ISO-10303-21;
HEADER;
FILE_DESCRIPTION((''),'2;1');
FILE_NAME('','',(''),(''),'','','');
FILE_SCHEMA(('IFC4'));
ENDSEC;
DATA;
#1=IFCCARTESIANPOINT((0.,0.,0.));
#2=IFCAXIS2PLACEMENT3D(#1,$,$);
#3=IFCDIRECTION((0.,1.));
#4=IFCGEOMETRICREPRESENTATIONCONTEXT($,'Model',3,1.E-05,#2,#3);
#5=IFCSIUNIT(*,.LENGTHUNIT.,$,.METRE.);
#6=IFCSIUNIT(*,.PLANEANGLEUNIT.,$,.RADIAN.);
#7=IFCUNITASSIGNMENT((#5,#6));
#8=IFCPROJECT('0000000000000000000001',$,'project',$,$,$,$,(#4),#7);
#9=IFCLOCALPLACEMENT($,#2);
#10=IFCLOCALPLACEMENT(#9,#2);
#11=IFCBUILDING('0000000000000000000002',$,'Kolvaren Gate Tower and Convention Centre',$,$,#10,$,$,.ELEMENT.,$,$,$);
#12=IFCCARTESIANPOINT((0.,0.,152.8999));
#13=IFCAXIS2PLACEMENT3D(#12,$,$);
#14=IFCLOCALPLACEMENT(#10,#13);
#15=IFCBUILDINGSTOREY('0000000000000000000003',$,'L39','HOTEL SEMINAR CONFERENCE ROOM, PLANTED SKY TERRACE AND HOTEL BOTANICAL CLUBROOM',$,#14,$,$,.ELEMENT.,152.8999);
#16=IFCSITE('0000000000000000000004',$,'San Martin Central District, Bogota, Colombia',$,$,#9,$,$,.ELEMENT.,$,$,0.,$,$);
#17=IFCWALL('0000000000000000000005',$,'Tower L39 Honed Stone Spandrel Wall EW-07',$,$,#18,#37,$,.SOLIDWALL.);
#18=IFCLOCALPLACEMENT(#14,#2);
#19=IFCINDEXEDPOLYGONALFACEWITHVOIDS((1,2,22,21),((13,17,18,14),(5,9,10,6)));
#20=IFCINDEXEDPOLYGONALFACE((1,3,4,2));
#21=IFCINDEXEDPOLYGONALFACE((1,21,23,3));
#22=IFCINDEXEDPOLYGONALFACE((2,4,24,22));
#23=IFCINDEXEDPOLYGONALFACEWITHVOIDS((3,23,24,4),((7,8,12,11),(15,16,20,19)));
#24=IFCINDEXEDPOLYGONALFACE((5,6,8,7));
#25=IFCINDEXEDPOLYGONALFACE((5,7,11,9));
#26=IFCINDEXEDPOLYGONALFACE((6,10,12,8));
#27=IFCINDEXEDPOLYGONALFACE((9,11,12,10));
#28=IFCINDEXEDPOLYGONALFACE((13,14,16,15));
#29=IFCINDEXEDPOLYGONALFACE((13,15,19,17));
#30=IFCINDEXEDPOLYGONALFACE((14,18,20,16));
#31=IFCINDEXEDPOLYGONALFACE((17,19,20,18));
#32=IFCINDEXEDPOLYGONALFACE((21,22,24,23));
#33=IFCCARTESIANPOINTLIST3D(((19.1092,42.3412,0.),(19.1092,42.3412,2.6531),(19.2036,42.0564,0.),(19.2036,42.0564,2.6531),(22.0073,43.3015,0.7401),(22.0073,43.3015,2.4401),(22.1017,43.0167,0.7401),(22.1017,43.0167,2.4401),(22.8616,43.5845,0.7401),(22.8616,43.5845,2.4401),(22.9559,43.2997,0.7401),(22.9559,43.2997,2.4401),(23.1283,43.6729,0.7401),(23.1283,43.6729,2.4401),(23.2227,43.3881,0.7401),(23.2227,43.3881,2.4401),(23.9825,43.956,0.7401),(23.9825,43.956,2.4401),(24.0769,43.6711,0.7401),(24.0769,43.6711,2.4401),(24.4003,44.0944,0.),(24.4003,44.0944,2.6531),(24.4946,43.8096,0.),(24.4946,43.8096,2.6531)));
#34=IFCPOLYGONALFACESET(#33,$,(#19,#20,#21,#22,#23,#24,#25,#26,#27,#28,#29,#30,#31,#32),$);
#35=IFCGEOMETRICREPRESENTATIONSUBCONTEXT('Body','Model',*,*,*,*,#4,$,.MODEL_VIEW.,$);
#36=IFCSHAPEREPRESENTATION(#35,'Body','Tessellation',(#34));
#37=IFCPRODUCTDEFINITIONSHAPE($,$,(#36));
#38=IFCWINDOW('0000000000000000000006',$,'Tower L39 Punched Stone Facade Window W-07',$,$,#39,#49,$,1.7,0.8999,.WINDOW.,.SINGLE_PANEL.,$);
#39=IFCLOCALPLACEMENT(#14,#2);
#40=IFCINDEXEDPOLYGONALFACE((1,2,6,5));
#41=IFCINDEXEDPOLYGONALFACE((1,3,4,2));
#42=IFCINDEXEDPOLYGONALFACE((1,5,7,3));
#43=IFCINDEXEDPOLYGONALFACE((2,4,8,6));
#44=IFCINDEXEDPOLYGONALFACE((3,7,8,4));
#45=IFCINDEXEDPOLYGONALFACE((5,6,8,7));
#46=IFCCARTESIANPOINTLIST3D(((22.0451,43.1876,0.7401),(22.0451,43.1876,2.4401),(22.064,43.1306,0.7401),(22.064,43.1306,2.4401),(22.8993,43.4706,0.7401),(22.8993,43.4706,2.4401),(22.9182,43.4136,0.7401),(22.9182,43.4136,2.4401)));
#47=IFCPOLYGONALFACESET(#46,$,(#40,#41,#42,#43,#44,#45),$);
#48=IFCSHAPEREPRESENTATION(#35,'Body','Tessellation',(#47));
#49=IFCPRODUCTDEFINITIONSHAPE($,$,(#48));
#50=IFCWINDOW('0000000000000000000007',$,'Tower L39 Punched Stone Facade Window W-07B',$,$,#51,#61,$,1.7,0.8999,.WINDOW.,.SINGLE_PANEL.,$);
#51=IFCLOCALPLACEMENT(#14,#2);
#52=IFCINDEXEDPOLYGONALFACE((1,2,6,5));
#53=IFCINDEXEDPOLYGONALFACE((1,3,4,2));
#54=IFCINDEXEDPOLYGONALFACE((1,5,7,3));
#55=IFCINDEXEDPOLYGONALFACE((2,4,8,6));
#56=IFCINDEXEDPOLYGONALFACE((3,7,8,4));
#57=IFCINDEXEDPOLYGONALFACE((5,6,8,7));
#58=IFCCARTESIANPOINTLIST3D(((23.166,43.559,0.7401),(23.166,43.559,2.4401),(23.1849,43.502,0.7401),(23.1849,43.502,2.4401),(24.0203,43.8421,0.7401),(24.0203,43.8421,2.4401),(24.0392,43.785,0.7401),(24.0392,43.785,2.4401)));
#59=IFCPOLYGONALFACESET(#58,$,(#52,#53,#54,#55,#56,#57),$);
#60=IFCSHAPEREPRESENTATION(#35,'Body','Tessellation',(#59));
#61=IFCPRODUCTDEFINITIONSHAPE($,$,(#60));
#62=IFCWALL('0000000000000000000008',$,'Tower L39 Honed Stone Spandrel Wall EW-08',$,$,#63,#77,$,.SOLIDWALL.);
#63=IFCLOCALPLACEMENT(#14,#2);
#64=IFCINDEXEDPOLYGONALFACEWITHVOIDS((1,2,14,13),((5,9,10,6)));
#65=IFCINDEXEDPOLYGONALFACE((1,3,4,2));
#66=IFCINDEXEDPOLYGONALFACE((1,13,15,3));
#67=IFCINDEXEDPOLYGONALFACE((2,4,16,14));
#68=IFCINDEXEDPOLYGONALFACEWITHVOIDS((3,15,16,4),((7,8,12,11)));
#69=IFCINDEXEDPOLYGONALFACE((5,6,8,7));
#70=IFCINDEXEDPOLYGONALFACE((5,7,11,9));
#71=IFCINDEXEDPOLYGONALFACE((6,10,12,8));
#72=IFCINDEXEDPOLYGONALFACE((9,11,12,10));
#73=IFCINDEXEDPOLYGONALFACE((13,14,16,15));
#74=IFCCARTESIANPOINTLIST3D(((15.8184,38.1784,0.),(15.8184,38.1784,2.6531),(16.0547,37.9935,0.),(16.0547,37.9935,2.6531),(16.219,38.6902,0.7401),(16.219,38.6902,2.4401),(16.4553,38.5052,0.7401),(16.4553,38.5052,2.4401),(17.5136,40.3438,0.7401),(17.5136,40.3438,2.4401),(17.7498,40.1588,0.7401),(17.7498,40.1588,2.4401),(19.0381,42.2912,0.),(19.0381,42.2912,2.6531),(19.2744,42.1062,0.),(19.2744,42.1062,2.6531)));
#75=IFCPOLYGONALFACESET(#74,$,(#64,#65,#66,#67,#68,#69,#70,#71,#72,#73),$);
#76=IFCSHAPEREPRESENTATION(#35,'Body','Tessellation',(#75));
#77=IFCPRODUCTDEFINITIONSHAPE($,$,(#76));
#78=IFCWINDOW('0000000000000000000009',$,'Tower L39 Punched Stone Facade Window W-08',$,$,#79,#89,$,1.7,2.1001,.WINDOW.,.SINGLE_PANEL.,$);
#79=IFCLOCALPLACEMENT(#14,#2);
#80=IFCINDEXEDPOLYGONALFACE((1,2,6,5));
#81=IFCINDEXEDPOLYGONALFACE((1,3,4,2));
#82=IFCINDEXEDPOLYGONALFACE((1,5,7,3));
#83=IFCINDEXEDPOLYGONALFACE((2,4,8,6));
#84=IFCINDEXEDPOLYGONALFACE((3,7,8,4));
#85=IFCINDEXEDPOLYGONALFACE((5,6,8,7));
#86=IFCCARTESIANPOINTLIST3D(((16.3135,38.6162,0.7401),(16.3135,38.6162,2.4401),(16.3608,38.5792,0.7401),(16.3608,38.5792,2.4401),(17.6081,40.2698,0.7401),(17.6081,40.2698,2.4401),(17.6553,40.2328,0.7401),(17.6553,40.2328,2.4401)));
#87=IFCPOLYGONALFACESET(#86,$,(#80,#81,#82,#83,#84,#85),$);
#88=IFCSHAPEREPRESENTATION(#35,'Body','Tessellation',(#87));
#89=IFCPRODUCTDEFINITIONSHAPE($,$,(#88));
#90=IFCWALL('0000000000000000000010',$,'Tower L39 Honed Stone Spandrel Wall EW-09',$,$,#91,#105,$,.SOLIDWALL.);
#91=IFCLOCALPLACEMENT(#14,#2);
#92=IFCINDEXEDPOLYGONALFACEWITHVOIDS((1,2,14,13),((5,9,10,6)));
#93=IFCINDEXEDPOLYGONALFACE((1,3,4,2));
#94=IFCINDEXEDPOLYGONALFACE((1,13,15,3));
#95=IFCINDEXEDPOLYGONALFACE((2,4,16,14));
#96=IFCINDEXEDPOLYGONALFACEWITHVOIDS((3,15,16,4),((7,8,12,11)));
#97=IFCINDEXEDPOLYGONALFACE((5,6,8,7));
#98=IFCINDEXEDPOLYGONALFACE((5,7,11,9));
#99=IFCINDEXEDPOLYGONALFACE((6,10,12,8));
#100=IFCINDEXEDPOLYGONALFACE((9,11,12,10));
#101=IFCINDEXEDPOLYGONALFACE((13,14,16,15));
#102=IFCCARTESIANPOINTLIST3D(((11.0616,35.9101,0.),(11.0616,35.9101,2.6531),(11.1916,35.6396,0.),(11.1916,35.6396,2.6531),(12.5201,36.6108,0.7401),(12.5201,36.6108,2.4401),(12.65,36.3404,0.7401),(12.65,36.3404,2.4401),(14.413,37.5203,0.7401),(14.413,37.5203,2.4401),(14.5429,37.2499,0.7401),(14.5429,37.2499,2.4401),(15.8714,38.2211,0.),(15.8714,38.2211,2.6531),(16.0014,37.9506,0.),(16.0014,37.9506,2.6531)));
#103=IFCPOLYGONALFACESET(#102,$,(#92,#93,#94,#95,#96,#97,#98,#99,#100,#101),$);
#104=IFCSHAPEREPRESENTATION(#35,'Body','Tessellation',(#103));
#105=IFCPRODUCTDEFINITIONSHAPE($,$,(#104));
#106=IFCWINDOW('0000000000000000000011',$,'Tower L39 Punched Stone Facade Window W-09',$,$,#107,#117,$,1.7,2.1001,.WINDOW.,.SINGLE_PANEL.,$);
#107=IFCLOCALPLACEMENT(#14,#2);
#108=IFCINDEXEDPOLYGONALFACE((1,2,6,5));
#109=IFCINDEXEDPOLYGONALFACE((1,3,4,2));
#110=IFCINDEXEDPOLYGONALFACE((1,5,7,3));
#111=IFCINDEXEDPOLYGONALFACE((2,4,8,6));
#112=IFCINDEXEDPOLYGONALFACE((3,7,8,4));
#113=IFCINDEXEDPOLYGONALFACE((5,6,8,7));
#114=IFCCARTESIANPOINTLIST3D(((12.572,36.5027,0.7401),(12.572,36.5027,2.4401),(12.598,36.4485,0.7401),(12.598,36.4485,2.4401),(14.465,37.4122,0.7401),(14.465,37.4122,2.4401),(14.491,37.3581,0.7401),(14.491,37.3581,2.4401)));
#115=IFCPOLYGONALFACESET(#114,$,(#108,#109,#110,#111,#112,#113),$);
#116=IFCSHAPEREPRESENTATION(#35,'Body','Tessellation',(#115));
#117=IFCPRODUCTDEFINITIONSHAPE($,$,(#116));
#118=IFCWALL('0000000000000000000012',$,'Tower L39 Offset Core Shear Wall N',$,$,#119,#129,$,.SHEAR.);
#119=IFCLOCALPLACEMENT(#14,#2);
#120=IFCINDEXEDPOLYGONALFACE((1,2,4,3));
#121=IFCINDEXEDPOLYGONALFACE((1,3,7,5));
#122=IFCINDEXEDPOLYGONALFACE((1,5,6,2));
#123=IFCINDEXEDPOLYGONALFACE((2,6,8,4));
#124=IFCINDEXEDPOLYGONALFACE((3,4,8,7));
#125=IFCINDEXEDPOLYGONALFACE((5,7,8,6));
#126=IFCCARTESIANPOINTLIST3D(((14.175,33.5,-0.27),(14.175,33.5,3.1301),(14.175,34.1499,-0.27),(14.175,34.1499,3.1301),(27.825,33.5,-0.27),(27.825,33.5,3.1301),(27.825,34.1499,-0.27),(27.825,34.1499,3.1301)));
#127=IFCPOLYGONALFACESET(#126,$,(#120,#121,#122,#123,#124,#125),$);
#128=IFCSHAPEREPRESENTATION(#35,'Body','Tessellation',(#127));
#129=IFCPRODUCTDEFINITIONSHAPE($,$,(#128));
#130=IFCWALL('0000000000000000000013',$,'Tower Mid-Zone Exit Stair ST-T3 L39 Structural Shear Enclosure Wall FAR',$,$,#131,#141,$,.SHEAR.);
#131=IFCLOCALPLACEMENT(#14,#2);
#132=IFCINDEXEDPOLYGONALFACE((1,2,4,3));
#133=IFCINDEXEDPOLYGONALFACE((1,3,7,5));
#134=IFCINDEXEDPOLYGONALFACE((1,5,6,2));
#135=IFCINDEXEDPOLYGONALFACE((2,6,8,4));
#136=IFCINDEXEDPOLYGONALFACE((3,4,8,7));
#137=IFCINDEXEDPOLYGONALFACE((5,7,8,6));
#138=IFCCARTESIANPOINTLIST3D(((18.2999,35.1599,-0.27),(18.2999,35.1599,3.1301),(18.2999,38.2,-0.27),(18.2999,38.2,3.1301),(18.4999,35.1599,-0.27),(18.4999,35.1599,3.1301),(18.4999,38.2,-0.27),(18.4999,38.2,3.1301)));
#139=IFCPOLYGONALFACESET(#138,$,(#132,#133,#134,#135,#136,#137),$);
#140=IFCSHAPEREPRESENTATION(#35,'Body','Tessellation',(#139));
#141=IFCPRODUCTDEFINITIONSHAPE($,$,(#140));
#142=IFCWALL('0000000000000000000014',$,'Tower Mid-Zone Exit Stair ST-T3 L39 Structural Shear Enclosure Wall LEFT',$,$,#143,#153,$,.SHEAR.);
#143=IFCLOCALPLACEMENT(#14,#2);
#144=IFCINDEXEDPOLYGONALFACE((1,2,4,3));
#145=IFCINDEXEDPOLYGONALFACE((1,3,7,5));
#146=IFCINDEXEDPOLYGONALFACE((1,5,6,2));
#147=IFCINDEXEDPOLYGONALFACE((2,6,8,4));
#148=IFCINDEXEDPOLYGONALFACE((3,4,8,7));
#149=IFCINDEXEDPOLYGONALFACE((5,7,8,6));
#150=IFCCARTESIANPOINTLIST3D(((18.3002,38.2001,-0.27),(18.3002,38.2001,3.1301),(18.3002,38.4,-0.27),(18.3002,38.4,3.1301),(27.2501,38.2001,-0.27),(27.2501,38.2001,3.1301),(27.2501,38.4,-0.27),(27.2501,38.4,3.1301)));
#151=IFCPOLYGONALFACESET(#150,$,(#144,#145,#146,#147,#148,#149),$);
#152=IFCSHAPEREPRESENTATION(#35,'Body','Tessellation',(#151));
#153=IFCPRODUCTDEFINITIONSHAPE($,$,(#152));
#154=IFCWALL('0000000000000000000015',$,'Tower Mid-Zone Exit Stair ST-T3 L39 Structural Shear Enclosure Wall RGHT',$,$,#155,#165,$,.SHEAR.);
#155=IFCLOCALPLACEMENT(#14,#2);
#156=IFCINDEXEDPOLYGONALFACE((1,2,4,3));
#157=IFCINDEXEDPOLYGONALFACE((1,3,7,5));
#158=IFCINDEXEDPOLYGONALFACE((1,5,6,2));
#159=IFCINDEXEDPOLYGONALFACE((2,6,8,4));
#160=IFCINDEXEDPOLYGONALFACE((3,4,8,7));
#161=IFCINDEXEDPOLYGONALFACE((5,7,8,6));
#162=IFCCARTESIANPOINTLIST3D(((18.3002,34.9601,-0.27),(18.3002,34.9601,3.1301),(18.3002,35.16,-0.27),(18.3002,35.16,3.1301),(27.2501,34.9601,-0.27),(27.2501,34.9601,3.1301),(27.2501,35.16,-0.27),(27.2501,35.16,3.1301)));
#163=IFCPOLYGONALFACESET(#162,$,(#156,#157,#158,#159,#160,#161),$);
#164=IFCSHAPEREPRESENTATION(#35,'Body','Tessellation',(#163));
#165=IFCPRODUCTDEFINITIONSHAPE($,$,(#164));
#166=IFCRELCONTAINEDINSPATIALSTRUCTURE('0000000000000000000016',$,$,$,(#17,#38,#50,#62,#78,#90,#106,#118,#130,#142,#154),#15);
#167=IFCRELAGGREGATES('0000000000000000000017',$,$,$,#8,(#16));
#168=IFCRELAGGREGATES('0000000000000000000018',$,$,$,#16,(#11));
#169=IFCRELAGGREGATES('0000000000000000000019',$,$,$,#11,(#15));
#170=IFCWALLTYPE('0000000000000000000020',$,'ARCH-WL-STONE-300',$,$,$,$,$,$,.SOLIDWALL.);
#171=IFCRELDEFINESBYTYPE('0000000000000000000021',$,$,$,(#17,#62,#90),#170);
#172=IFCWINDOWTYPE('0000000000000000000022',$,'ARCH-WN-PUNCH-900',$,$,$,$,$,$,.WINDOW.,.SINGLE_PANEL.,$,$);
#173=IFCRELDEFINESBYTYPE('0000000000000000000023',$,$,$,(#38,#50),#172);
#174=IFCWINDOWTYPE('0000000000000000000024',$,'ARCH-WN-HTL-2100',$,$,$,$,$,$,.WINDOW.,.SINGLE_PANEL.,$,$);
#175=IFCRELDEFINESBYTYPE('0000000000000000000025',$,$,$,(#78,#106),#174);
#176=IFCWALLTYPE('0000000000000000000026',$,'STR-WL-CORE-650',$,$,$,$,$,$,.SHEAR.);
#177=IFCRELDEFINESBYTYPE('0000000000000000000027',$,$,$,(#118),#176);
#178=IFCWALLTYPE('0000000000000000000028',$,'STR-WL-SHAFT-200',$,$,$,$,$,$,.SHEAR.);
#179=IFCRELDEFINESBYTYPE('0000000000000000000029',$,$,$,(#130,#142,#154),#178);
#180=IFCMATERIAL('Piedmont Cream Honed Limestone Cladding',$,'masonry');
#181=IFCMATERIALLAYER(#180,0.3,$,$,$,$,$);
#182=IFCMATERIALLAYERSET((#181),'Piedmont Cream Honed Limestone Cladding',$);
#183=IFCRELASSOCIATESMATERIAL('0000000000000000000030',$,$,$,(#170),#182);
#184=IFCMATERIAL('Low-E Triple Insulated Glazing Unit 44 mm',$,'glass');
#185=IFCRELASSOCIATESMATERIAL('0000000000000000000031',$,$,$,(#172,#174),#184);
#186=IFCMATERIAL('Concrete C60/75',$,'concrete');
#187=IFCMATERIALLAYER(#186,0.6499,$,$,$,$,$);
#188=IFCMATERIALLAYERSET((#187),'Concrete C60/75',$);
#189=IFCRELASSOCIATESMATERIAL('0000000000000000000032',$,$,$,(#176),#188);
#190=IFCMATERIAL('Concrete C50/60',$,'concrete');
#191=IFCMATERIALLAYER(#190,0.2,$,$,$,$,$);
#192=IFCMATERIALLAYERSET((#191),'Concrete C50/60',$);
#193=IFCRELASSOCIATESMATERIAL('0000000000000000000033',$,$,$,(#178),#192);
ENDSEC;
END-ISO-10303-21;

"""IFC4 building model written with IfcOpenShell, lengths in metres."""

from ifc_helpers import new_model, si_unit, direction, frame, frame_2d, origin, place, context, subcontext, project, spatial, rectangle, extrude, material, layer, layer_set, type_object, element, fill, save


model = new_model("IFC4")

# Units and contexts
model_context = context("Model", 3, precision=1e-05, world=origin(), true_north=direction((0.0, 1.0)))
body_context = subcontext(model_context, "Body", "Model", "MODEL_VIEW")
ifc_project = project(units=[si_unit("LENGTHUNIT", "METRE"), si_unit("PLANEANGLEUNIT", "RADIAN")], contexts=[model_context])

# Site, building, storey
site_placement = place(None, origin())
site = spatial("IfcSite", under=ifc_project, at=site_placement, Name="San Martin Central District, Bogota, Colombia", CompositionType="ELEMENT", RefElevation=0.0)
building_placement = place(site_placement, origin())
building = spatial("IfcBuilding", under=site, at=building_placement, Name="Kolvaren Gate Tower and Convention Centre", CompositionType="ELEMENT")
storey_placement = place(building_placement, frame((0.0, 0.0, 152.8999)))
storey = spatial("IfcBuildingStorey", under=building, at=storey_placement, Name="L39", Description="HOTEL SEMINAR CONFERENCE ROOM, PLANTED SKY TERRACE AND HOTEL BOTANICAL CLUBROOM", CompositionType="ELEMENT", Elevation=152.8999)

# Shared definitions
ifc_material_1 = material(Name="Concrete C60/75", Category="concrete")

# Wall, openings, windows
ifc_material_2 = material(Name="Piedmont Cream Honed Limestone Cladding", Category="masonry")
ifc_layer_1 = layer(ifc_material_2, 0.3)
ifc_layer_set_1 = layer_set([ifc_layer_1], Name="Piedmont Cream Honed Limestone Cladding")
wall_type_1 = type_object("IfcWallType", Name="ARCH-WL-STONE-300", PredefinedType="SOLIDWALL", material=ifc_layer_set_1)
wall_1_placement = place(storey_placement, frame((19.1562, 42.1987, 0.0), z_axis=(0.0, 0.0, 1.0), x_axis=(0.949247, 0.314532, 0.0)))
wall_1 = element("IfcWall", 1, at=wall_1_placement, inside=storey, type_object=wall_type_1, Name="Tower L39 Honed Stone Spandrel Wall EW-07", PredefinedType="SOLIDWALL", context=body_context, shape_type="SweptSolid", body=[
    extrude(rectangle(XDim=5.574, YDim=0.3, at=frame_2d((2.7871, 0.0))), origin(), (0.0, 0.0, 1.0), 2.6531),
])
opening_1_placement = place(wall_1_placement, frame((3.0532, 0.0, 0.74)))
opening_1 = element("IfcOpeningElement", 2, at=opening_1_placement, cuts=wall_1, PredefinedType="OPENING", context=body_context, shape_type="SweptSolid", body=[
    extrude(rectangle(XDim=0.8999, YDim=1.7, at=frame_2d((0.45, 0.8501))), frame((0.0, 0.1599, 0.0), z_axis=(0.0, -1.0, 0.0), x_axis=(1.0, 0.0, 0.0)), (0.0, 0.0, 1.0), 0.3201),
])
opening_2_placement = place(wall_1_placement, frame((4.2341, 0.0, 0.74)))
opening_2 = element("IfcOpeningElement", 3, at=opening_2_placement, cuts=wall_1, PredefinedType="OPENING", context=body_context, shape_type="SweptSolid", body=[
    extrude(rectangle(XDim=0.8999, YDim=1.7, at=frame_2d((0.45, 0.8501))), frame((0.0, 0.1599, 0.0), z_axis=(0.0, -1.0, 0.0), x_axis=(1.0, 0.0, 0.0)), (0.0, 0.0, 1.0), 0.3201),
])
ifc_material_3 = material(Name="Low-E Triple Insulated Glazing Unit 44 mm", Category="glass")
window_type_1 = type_object("IfcWindowType", Name="ARCH-WN-PUNCH-900", PartitioningType="SINGLE_PANEL", PredefinedType="WINDOW", material=ifc_material_3)
window_1_placement = place(opening_1_placement, origin())
window_1 = element("IfcWindow", 4, at=window_1_placement, inside=storey, type_object=window_type_1, Name="Tower L39 Punched Stone Facade Window W-07", OverallHeight=1.7, OverallWidth=0.8999, PartitioningType="SINGLE_PANEL", PredefinedType="WINDOW", context=body_context, shape_type="SweptSolid", body=[
    extrude(rectangle(XDim=0.8999, YDim=1.7, at=frame_2d((0.45, 0.8501))), frame((0.0, 0.03, 0.0), z_axis=(0.0, -1.0, 0.0), x_axis=(1.0, 0.0, 0.0)), (0.0, 0.0, 1.0), 0.0601),
])
fill(opening_1, window_1)
window_2_placement = place(opening_2_placement, origin())
window_2 = element("IfcWindow", 5, at=window_2_placement, inside=storey, type_object=window_type_1, Name="Tower L39 Punched Stone Facade Window W-07B", OverallHeight=1.7, OverallWidth=0.8999, PartitioningType="SINGLE_PANEL", PredefinedType="WINDOW", context=body_context, shape_type="SweptSolid", body=[
    extrude(rectangle(XDim=0.8999, YDim=1.7, at=frame_2d((0.45, 0.8501))), frame((0.0, 0.03, 0.0), z_axis=(0.0, -1.0, 0.0), x_axis=(1.0, 0.0, 0.0)), (0.0, 0.0, 1.0), 0.0601),
])
fill(opening_2, window_2)

# Walls, openings, windows
wall_2_placement = place(storey_placement, frame((15.9365, 38.0859, 0.0), z_axis=(0.0, 0.0, 1.0), x_axis=(0.616429, 0.78741, 0.0)))
wall_2 = element("IfcWall", 6, at=wall_2_placement, inside=storey, type_object=wall_type_1, Name="Tower L39 Honed Stone Spandrel Wall EW-08", PredefinedType="SOLIDWALL", context=body_context, shape_type="SweptSolid", body=[
    extrude(rectangle(XDim=5.2231, YDim=0.3, at=frame_2d((2.6116, 0.0))), origin(), (0.0, 0.0, 1.0), 2.6531),
])
opening_3_placement = place(wall_2_placement, frame((0.6499, 0.0, 0.74)))
opening_3 = element("IfcOpeningElement", 7, at=opening_3_placement, cuts=wall_2, PredefinedType="OPENING", context=body_context, shape_type="SweptSolid", body=[
    extrude(rectangle(XDim=2.1001, YDim=1.7, at=frame_2d((1.05, 0.8501))), frame((0.0, 0.1599, 0.0), z_axis=(0.0, -1.0, 0.0), x_axis=(1.0, 0.0, 0.0)), (0.0, 0.0, 1.0), 0.3201),
])
window_type_2 = type_object("IfcWindowType", Name="ARCH-WN-HTL-2100", PartitioningType="SINGLE_PANEL", PredefinedType="WINDOW", material=ifc_material_3)
window_3_placement = place(opening_3_placement, origin())
window_3 = element("IfcWindow", 8, at=window_3_placement, inside=storey, type_object=window_type_2, Name="Tower L39 Punched Stone Facade Window W-08", OverallHeight=1.7, OverallWidth=2.1001, PartitioningType="SINGLE_PANEL", PredefinedType="WINDOW", context=body_context, shape_type="SweptSolid", body=[
    extrude(rectangle(XDim=2.1001, YDim=1.7, at=frame_2d((1.05, 0.8501))), frame((0.0, 0.03, 0.0), z_axis=(0.0, -1.0, 0.0), x_axis=(1.0, 0.0, 0.0)), (0.0, 0.0, 1.0), 0.0601),
])
fill(opening_3, window_3)
wall_3_placement = place(storey_placement, frame((11.1267, 35.7749, 0.0), z_axis=(0.0, 0.0, 1.0), x_axis=(0.901353, 0.433085, 0.0)))
wall_3 = element("IfcWall", 9, at=wall_3_placement, inside=storey, type_object=wall_type_1, Name="Tower L39 Honed Stone Spandrel Wall EW-09", PredefinedType="SOLIDWALL", context=body_context, shape_type="SweptSolid", body=[
    extrude(rectangle(XDim=5.3362, YDim=0.3, at=frame_2d((2.668, 0.0))), origin(), (0.0, 0.0, 1.0), 2.6531),
])
opening_4_placement = place(wall_3_placement, frame((1.6179, 0.0, 0.74)))
opening_4 = element("IfcOpeningElement", 10, at=opening_4_placement, cuts=wall_3, PredefinedType="OPENING", context=body_context, shape_type="SweptSolid", body=[
    extrude(rectangle(XDim=2.1001, YDim=1.7, at=frame_2d((1.05, 0.8501))), frame((0.0, 0.1599, 0.0), z_axis=(0.0, -1.0, 0.0), x_axis=(1.0, 0.0, 0.0)), (0.0, 0.0, 1.0), 0.3201),
])
window_4_placement = place(opening_4_placement, origin())
window_4 = element("IfcWindow", 11, at=window_4_placement, inside=storey, type_object=window_type_2, Name="Tower L39 Punched Stone Facade Window W-09", OverallHeight=1.7, OverallWidth=2.1001, PartitioningType="SINGLE_PANEL", PredefinedType="WINDOW", context=body_context, shape_type="SweptSolid", body=[
    extrude(rectangle(XDim=2.1001, YDim=1.7, at=frame_2d((1.05, 0.8501))), frame((0.0, 0.03, 0.0), z_axis=(0.0, -1.0, 0.0), x_axis=(1.0, 0.0, 0.0)), (0.0, 0.0, 1.0), 0.0601),
])
fill(opening_4, window_4)

# Walls
ifc_layer_2 = layer(ifc_material_1, 0.6499)
ifc_layer_set_2 = layer_set([ifc_layer_2], Name="Concrete C60/75")
wall_type_2 = type_object("IfcWallType", Name="STR-WL-CORE-650", PredefinedType="SHEAR", material=ifc_layer_set_2)
wall_4_placement = place(storey_placement, frame((14.175, 33.825, -0.27), z_axis=(0.0, 0.0, 1.0), x_axis=(1.0, 0.0, 0.0)))
element("IfcWall", 12, at=wall_4_placement, inside=storey, type_object=wall_type_2, Name="Tower L39 Offset Core Shear Wall N", PredefinedType="SHEAR", context=body_context, shape_type="SweptSolid", body=[
    extrude(rectangle(XDim=13.6499, YDim=0.6499, at=frame_2d((6.825, 0.0))), origin(), (0.0, 0.0, 1.0), 3.4001),
])
ifc_material_4 = material(Name="Concrete C50/60", Category="concrete")
ifc_layer_3 = layer(ifc_material_4, 0.2)
ifc_layer_set_3 = layer_set([ifc_layer_3], Name="Concrete C50/60")
wall_type_3 = type_object("IfcWallType", Name="STR-WL-SHAFT-200", PredefinedType="SHEAR", material=ifc_layer_set_3)
wall_5_placement = place(storey_placement, frame((18.3999, 35.1599, -0.27), z_axis=(0.0, 0.0, 1.0), x_axis=(0.0, 1.0, 0.0)))
element("IfcWall", 13, at=wall_5_placement, inside=storey, type_object=wall_type_3, Name="Tower Mid-Zone Exit Stair ST-T3 L39 Structural Shear Enclosure Wall FAR", PredefinedType="SHEAR", context=body_context, shape_type="SweptSolid", body=[
    extrude(rectangle(XDim=3.04, YDim=0.2, at=frame_2d((1.52, 0.0))), origin(), (0.0, 0.0, 1.0), 3.4001),
])
for number, where, z_axis, x_axis, name in (
    (14, (18.3, 38.3, -0.27), (0.0, 0.0, 1.0), (1.0, 0.0, 0.0), "Tower Mid-Zone Exit Stair ST-T3 L39 Structural Shear Enclosure Wall LEFT"),
    (15, (18.3, 35.0601, -0.27), (0.0, 0.0, 1.0), (1.0, 0.0, 0.0), "Tower Mid-Zone Exit Stair ST-T3 L39 Structural Shear Enclosure Wall RGHT"),
):
    element("IfcWall", number, at=place(storey_placement, frame(where, z_axis=z_axis, x_axis=x_axis)), inside=storey, type_object=wall_type_3, Name=name, PredefinedType="SHEAR", context=body_context, shape_type="SweptSolid", body=[
        extrude(rectangle(XDim=8.95, YDim=0.2, at=frame_2d((4.4751, 0.0))), origin(), (0.0, 0.0, 1.0), 3.4001),
    ])

save(model, "model.ifc")
